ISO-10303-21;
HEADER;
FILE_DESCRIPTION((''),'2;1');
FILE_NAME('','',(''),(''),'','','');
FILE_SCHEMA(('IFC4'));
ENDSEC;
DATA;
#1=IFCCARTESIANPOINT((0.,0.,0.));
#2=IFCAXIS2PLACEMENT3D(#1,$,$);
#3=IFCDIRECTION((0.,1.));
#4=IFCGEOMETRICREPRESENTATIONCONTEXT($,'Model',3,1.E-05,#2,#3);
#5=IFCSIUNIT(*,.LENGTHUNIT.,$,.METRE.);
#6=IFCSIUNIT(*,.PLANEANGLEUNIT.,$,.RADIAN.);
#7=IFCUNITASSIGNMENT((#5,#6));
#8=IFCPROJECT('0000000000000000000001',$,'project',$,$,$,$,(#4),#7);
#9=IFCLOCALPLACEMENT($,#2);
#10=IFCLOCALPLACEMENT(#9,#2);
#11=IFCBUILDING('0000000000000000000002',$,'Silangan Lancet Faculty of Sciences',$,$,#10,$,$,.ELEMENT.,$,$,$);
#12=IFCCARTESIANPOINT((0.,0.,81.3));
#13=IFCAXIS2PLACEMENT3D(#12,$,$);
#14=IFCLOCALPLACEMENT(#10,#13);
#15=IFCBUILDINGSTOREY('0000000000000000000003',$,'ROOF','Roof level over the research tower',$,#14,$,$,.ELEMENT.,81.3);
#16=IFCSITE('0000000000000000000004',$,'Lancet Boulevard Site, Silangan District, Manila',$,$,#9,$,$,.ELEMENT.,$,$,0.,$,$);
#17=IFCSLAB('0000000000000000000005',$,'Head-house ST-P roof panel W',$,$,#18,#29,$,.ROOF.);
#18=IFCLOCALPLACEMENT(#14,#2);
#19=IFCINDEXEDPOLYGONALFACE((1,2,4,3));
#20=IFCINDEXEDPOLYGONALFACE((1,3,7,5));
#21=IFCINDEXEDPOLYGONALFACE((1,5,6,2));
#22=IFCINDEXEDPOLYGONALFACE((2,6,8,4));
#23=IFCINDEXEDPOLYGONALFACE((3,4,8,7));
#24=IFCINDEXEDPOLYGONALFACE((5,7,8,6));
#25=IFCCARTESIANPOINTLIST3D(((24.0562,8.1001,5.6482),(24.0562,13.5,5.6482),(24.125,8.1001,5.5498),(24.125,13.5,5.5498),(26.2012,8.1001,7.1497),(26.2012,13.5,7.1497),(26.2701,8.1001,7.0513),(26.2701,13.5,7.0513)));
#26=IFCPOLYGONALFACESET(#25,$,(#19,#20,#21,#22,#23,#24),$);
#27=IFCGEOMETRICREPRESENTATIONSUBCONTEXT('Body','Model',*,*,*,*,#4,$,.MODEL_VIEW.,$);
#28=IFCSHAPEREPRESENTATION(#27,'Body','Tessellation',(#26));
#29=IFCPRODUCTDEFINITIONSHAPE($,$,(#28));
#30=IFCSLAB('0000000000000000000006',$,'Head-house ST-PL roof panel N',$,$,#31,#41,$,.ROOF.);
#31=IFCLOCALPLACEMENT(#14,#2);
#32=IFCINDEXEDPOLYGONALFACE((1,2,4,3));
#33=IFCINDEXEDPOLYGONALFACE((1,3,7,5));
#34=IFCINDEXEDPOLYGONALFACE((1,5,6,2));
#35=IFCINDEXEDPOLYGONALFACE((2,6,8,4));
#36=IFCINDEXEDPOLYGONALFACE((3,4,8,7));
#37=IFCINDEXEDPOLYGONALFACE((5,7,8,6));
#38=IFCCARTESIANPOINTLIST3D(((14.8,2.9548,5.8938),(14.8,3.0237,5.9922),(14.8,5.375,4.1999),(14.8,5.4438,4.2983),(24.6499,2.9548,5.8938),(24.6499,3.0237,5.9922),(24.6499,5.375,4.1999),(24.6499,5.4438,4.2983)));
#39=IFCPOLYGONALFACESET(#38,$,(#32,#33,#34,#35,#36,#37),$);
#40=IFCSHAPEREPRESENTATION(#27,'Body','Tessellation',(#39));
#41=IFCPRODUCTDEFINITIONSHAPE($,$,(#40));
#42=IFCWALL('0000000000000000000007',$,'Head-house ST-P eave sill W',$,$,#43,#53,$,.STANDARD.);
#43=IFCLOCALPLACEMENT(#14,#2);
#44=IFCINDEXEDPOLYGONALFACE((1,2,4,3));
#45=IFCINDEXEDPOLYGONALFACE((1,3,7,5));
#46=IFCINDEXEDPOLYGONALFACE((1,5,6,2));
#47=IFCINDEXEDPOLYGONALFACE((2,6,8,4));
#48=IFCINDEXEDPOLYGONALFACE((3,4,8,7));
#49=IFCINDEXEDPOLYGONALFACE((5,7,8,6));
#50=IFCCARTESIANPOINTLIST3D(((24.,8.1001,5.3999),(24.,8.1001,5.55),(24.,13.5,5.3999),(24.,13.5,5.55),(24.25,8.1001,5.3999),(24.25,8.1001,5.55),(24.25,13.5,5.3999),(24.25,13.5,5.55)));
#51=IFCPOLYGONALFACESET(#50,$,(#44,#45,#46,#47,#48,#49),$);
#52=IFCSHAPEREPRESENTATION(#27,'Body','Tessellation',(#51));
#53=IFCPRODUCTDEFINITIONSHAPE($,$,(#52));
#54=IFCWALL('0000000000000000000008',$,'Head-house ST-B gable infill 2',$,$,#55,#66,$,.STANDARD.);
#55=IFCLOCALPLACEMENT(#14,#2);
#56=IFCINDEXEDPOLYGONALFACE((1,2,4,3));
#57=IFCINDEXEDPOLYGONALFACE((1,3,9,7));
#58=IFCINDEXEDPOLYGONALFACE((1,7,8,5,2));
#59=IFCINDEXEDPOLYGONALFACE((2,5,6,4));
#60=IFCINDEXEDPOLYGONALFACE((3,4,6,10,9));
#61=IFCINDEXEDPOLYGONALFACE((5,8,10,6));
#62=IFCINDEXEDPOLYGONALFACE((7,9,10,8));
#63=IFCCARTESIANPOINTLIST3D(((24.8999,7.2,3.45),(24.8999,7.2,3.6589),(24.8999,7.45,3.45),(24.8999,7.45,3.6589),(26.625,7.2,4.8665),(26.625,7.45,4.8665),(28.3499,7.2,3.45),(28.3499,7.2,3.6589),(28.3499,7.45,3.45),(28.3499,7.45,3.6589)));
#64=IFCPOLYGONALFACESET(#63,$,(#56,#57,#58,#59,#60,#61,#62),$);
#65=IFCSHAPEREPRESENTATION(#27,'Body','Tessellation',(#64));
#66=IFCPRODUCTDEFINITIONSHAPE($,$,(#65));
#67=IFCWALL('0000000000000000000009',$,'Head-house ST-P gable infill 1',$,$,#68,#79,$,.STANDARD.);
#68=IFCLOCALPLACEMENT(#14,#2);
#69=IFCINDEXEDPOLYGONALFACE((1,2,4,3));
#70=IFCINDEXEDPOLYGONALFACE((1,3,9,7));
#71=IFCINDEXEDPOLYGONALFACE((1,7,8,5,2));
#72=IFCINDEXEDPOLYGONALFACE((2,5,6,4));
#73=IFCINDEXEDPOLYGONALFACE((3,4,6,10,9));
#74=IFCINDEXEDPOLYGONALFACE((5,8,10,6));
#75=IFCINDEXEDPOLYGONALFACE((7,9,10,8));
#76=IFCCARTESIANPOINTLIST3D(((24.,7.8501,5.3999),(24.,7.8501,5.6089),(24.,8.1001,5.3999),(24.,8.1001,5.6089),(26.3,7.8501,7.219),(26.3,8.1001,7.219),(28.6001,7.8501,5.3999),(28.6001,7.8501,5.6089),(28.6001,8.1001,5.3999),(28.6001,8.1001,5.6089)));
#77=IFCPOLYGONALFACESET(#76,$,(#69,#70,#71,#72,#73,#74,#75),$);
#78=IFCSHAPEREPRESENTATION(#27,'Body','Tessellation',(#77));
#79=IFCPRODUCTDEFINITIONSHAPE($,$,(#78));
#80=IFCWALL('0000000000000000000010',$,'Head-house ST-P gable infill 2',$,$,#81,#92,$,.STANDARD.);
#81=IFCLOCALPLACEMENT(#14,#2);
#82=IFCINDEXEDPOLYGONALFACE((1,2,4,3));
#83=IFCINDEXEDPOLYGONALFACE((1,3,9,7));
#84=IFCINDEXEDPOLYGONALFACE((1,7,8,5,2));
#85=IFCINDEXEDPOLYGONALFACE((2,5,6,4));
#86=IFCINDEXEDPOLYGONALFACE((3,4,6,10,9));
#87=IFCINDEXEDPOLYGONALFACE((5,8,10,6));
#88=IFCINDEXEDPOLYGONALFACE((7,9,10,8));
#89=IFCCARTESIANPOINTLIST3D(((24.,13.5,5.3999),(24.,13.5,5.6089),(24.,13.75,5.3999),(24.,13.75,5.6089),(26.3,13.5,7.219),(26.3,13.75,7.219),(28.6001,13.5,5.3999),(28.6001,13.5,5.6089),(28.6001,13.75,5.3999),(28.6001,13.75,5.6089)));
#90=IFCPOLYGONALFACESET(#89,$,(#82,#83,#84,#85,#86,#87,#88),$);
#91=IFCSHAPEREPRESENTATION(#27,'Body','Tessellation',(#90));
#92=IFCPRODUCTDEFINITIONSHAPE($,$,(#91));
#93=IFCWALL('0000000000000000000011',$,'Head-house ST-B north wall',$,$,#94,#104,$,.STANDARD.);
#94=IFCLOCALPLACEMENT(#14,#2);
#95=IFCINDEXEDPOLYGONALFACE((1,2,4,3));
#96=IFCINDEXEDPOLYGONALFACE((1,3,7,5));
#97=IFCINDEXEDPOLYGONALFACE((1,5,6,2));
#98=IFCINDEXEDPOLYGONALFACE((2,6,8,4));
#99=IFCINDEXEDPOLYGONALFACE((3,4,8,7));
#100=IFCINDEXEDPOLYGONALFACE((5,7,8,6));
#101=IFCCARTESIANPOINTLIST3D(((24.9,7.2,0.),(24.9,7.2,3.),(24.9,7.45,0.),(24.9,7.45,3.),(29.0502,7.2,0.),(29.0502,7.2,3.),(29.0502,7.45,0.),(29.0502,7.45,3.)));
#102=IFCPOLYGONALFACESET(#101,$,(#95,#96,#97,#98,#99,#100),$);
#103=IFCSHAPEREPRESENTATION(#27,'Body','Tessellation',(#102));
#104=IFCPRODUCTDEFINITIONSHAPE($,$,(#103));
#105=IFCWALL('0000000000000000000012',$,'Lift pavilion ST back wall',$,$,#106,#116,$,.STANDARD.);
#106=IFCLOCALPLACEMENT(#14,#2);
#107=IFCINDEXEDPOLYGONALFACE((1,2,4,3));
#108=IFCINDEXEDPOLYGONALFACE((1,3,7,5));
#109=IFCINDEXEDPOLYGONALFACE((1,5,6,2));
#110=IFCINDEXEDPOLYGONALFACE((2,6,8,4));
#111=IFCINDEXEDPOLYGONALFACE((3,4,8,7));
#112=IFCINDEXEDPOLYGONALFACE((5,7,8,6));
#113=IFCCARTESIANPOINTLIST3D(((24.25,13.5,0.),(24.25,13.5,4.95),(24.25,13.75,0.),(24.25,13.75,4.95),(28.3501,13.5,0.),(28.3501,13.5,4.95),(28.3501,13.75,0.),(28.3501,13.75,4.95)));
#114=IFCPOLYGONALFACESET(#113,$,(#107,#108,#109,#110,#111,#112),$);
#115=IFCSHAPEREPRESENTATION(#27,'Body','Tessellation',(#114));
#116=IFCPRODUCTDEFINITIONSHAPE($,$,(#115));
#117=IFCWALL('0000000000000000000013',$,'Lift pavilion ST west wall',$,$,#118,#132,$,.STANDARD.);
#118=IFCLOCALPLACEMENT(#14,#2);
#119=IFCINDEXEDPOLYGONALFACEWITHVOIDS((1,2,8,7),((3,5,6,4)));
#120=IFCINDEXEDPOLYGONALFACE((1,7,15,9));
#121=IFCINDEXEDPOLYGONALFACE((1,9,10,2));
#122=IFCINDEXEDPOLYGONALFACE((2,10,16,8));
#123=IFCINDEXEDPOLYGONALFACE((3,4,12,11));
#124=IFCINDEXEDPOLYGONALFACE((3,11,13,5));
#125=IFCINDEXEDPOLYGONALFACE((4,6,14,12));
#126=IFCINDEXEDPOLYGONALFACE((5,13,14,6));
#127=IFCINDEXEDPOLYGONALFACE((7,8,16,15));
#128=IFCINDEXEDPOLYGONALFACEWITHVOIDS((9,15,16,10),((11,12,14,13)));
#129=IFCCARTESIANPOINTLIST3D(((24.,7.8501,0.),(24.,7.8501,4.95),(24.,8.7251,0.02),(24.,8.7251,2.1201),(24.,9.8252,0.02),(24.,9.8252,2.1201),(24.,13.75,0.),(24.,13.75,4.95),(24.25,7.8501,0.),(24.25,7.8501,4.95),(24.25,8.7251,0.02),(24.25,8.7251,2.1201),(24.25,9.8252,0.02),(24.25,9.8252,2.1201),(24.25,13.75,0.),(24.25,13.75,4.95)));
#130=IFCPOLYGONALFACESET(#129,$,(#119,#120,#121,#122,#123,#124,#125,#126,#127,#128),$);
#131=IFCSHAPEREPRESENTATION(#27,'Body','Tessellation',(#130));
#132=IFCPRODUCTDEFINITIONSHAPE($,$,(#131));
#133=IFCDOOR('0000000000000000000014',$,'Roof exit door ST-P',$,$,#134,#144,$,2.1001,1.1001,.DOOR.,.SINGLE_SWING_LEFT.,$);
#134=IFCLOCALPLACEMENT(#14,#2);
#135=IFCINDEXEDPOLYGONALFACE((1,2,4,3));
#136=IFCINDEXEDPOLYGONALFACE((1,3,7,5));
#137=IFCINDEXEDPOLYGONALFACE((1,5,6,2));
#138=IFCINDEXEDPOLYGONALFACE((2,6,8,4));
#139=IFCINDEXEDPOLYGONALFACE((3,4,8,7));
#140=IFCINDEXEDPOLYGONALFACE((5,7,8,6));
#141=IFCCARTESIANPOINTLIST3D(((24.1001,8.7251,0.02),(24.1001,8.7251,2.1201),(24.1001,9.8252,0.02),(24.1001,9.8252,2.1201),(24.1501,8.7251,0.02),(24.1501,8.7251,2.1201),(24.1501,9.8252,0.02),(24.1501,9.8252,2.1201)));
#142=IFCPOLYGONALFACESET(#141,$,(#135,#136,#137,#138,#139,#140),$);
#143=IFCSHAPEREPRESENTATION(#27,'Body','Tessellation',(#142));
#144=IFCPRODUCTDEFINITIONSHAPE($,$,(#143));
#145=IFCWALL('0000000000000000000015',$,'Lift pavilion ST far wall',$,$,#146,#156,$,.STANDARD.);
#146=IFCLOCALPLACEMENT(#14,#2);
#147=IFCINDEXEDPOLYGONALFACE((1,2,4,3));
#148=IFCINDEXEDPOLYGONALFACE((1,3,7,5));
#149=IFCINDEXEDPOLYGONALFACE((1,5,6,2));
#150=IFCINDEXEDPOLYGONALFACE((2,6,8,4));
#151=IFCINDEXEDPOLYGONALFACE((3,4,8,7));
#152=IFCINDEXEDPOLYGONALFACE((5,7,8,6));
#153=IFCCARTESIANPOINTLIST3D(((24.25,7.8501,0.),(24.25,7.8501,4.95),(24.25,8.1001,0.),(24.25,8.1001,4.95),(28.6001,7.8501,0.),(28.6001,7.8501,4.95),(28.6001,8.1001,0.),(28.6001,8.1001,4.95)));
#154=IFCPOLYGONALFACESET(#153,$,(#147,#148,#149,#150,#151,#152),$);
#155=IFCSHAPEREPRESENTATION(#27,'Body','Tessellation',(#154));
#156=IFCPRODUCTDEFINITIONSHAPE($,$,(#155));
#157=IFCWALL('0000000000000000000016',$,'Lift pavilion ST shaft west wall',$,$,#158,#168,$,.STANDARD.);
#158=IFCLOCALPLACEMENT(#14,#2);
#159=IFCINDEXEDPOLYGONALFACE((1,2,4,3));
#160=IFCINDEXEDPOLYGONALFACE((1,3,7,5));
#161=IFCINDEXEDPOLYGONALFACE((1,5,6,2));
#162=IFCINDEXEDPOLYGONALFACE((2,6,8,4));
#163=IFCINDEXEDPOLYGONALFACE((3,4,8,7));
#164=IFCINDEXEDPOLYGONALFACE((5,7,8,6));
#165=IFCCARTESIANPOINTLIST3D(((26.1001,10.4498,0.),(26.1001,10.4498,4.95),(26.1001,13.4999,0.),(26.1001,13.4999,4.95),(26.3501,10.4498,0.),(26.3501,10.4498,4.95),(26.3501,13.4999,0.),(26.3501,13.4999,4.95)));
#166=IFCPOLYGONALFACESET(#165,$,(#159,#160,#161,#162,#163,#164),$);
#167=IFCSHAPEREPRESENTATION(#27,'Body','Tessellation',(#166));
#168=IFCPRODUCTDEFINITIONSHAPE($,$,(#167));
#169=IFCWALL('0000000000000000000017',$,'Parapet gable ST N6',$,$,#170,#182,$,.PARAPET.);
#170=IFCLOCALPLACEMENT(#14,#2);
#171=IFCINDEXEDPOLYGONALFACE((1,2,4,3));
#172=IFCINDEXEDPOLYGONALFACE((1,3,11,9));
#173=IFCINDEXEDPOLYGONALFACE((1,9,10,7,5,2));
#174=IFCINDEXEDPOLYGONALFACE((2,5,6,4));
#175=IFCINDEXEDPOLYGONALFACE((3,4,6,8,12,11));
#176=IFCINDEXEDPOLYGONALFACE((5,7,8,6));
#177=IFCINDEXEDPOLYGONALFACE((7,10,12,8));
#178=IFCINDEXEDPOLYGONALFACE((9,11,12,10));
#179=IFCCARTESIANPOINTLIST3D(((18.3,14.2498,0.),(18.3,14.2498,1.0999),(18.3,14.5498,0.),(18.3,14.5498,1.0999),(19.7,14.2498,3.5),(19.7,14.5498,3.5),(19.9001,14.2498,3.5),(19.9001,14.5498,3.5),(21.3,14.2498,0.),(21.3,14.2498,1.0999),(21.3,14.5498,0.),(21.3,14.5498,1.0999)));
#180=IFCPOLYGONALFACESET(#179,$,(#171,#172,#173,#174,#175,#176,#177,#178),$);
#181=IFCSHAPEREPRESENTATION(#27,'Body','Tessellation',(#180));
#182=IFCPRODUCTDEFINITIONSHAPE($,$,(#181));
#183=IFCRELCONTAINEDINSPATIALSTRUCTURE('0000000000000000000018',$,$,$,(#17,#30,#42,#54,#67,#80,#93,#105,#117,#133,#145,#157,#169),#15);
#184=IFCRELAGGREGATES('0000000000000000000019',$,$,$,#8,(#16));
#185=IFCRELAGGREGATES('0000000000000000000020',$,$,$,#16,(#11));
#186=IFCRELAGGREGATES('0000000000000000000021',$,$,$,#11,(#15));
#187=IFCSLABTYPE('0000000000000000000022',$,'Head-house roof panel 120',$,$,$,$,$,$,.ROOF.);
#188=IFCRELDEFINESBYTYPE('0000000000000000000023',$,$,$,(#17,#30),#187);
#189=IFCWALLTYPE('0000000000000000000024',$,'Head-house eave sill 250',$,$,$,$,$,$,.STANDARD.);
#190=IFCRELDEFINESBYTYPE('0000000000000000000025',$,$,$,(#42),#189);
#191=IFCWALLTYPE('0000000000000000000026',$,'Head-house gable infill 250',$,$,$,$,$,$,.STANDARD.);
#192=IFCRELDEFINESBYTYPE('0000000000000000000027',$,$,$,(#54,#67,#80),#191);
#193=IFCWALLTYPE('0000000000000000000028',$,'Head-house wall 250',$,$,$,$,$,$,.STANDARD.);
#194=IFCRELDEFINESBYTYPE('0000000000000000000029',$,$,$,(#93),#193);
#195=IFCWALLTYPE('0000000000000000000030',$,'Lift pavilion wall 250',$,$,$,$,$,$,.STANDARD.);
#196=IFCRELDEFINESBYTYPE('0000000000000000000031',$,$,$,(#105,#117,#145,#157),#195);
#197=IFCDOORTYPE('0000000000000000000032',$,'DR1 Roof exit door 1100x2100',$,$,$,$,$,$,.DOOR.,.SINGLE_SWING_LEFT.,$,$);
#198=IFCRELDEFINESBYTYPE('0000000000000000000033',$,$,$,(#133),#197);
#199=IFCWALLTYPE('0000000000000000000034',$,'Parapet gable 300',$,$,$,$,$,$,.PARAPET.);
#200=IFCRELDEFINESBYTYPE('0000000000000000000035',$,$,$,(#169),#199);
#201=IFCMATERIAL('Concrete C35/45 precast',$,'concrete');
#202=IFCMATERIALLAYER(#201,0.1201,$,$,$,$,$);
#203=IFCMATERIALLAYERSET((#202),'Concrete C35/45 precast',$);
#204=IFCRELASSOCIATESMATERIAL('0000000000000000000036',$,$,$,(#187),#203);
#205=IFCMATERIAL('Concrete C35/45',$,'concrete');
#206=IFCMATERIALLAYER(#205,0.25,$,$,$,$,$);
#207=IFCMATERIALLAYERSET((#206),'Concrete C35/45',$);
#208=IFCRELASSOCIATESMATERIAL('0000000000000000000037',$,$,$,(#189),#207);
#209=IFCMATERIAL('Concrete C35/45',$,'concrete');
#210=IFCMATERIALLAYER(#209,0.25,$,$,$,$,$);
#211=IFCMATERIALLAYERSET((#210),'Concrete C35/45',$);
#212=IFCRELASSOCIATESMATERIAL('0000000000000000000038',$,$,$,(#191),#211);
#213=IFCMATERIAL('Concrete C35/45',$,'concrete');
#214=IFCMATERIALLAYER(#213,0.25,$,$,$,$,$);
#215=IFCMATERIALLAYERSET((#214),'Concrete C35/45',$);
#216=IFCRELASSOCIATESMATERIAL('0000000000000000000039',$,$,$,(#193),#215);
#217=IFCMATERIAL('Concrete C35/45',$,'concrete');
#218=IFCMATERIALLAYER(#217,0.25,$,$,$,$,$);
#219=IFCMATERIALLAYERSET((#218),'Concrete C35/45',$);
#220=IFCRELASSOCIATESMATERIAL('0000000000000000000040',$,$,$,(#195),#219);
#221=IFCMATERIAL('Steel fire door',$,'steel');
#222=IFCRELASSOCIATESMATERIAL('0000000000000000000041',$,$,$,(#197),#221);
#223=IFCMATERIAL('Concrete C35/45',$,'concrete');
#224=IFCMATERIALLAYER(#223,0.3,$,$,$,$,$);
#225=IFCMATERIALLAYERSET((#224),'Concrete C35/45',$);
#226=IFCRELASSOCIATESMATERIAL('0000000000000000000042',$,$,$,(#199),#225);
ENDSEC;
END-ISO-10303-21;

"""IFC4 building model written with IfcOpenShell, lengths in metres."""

from ifc_helpers import new_model, si_unit, direction, frame, frame_2d, origin, place, context, subcontext, project, spatial, polyline, rectangle, outline, extrude, material, layer, layer_set, type_object, element, fill, save


model = new_model("IFC4")

# Units and contexts
model_context = context("Model", 3, precision=1e-05, world=origin(), true_north=direction((0.0, 1.0)))
body_context = subcontext(model_context, "Body", "Model", "MODEL_VIEW")
ifc_project = project(units=[si_unit("LENGTHUNIT", "METRE"), si_unit("PLANEANGLEUNIT", "RADIAN")], contexts=[model_context])

# Site, building, storey
site_placement = place(None, origin())
site = spatial("IfcSite", under=ifc_project, at=site_placement, Name="Lancet Boulevard Site, Silangan District, Manila", CompositionType="ELEMENT", RefElevation=0.0)
building_placement = place(site_placement, origin())
building = spatial("IfcBuilding", under=site, at=building_placement, Name="Silangan Lancet Faculty of Sciences", CompositionType="ELEMENT")
storey_placement = place(building_placement, frame((0.0, 0.0, 81.3)))
storey = spatial("IfcBuildingStorey", under=building, at=storey_placement, Name="ROOF", Description="Roof level over the research tower", CompositionType="ELEMENT", Elevation=81.3)

# Slabs
ifc_material_1 = material(Name="Concrete C35/45 precast", Category="concrete")
ifc_layer_1 = layer(ifc_material_1, 0.1201)
ifc_layer_set_1 = layer_set([ifc_layer_1], Name="Concrete C35/45 precast")
slab_type = type_object("IfcSlabType", Name="Head-house roof panel 120", PredefinedType="ROOF", material=ifc_layer_set_1)
slab_1_placement = place(storey_placement, frame((24.0562, 8.1001, 5.6482), z_axis=(-0.57345, 0.0, 0.819241), x_axis=(0.0, 1.0, 0.0)))
element("IfcSlab", 1, at=slab_1_placement, inside=storey, type_object=slab_type, Name="Head-house ST-P roof panel W", PredefinedType="ROOF", context=body_context, shape_type="SweptSolid", body=[
    extrude(outline(polyline([(0.0, 0.0), (5.3999, 0.0), (5.3999, -2.6183), (0.0, -2.6183), (0.0, 0.0)])), origin(), (0.0, 0.0, -1.0), 0.1201),
])
slab_2_placement = place(storey_placement, frame((14.8, 5.4438, 4.2983), z_axis=(0.0, 0.573401, 0.819275), x_axis=(1.0, 0.0, 0.0)))
element("IfcSlab", 2, at=slab_2_placement, inside=storey, type_object=slab_type, Name="Head-house ST-PL roof panel N", PredefinedType="ROOF", context=body_context, shape_type="SweptSolid", body=[
    extrude(outline(polyline([(0.0, 0.0), (9.8499, 0.0), (9.8499, -2.954), (0.0, -2.954), (0.0, 0.0)])), origin(), (0.0, 0.0, -1.0), 0.1201),
])

# Walls
ifc_material_2 = material(Name="Concrete C35/45", Category="concrete")
ifc_layer_2 = layer(ifc_material_2, 0.25)
ifc_layer_set_2 = layer_set([ifc_layer_2], Name="Concrete C35/45")
wall_type_1 = type_object("IfcWallType", Name="Head-house eave sill 250", PredefinedType="STANDARD", material=ifc_layer_set_2)
wall_1_placement = place(storey_placement, frame((24.125, 8.1001, 5.3999), z_axis=(0.0, 0.0, 1.0), x_axis=(0.0, 1.0, 0.0)))
element("IfcWall", 3, at=wall_1_placement, inside=storey, type_object=wall_type_1, Name="Head-house ST-P eave sill W", PredefinedType="STANDARD", context=body_context, shape_type="SweptSolid", body=[
    extrude(rectangle(XDim=5.3999, YDim=0.25, at=frame_2d((2.7, 0.0))), origin(), (0.0, 0.0, 1.0), 0.1501),
])
ifc_material_3 = material(Name="Concrete C35/45", Category="concrete")
ifc_layer_3 = layer(ifc_material_3, 0.25)
ifc_layer_set_3 = layer_set([ifc_layer_3], Name="Concrete C35/45")
wall_type_2 = type_object("IfcWallType", Name="Head-house gable infill 250", PredefinedType="STANDARD", material=ifc_layer_set_3)
wall_2_placement = place(storey_placement, frame((24.8999, 7.325, 3.45), z_axis=(0.0, 0.0, 1.0), x_axis=(1.0, 0.0, 0.0)))
element("IfcWall", 4, at=wall_2_placement, inside=storey, type_object=wall_type_2, Name="Head-house ST-B gable infill 2", PredefinedType="STANDARD", context=body_context, shape_type="SweptSolid", body=[
    extrude(outline(polyline([(0.0, 0.0), (3.45, 0.0), (3.45, 0.209), (1.7251, 1.4165), (0.0, 0.209), (0.0, 0.0)])), frame((0.0, 0.125, 0.0), z_axis=(0.0, -1.0, 0.0), x_axis=(1.0, 0.0, 0.0)), (0.0, 0.0, 1.0), 0.25),
])
for number, where, z_axis, x_axis, name in (
    (5, (24.0, 7.9751, 5.3999), (0.0, 0.0, 1.0), (1.0, 0.0, 0.0), "Head-house ST-P gable infill 1"),
    (6, (24.0, 13.625, 5.3999), (0.0, 0.0, 1.0), (1.0, 0.0, 0.0), "Head-house ST-P gable infill 2"),
):
    element("IfcWall", number, at=place(storey_placement, frame(where, z_axis=z_axis, x_axis=x_axis)), inside=storey, type_object=wall_type_2, Name=name, PredefinedType="STANDARD", context=body_context, shape_type="SweptSolid", body=[
        extrude(outline(polyline([(0.0, 0.0), (4.6001, 0.0), (4.6001, 0.209), (2.3, 1.8191), (0.0, 0.209), (0.0, 0.0)])), frame((0.0, 0.125, 0.0), z_axis=(0.0, -1.0, 0.0), x_axis=(1.0, 0.0, 0.0)), (0.0, 0.0, 1.0), 0.25),
    ])
ifc_material_4 = material(Name="Concrete C35/45", Category="concrete")
ifc_layer_4 = layer(ifc_material_4, 0.25)
ifc_layer_set_4 = layer_set([ifc_layer_4], Name="Concrete C35/45")
wall_type_3 = type_object("IfcWallType", Name="Head-house wall 250", PredefinedType="STANDARD", material=ifc_layer_set_4)
wall_3_placement = place(storey_placement, frame((24.8999, 7.325, 0.0), z_axis=(0.0, 0.0, 1.0), x_axis=(1.0, 0.0, 0.0)))
element("IfcWall", 7, at=wall_3_placement, inside=storey, type_object=wall_type_3, Name="Head-house ST-B north wall", PredefinedType="STANDARD", context=body_context, shape_type="SweptSolid", body=[
    extrude(rectangle(XDim=4.1501, YDim=0.25, at=frame_2d((2.0752, 0.0))), origin(), (0.0, 0.0, 1.0), 3.0),
])
ifc_material_5 = material(Name="Concrete C35/45", Category="concrete")
ifc_layer_5 = layer(ifc_material_5, 0.25)
ifc_layer_set_5 = layer_set([ifc_layer_5], Name="Concrete C35/45")
wall_type_4 = type_object("IfcWallType", Name="Lift pavilion wall 250", PredefinedType="STANDARD", material=ifc_layer_set_5)
wall_4_placement = place(storey_placement, frame((24.25, 13.625, 0.0), z_axis=(0.0, 0.0, 1.0), x_axis=(1.0, 0.0, 0.0)))
element("IfcWall", 8, at=wall_4_placement, inside=storey, type_object=wall_type_4, Name="Lift pavilion ST back wall", PredefinedType="STANDARD", context=body_context, shape_type="SweptSolid", body=[
    extrude(rectangle(XDim=4.1001, YDim=0.25, at=frame_2d((2.05, 0.0))), origin(), (0.0, 0.0, 1.0), 4.95),
])

# Wall, opening, door
wall_5_placement = place(storey_placement, frame((24.125, 7.8501, 0.0), z_axis=(0.0, 0.0, 1.0), x_axis=(0.0, 1.0, 0.0)))
wall_5 = element("IfcWall", 9, at=wall_5_placement, inside=storey, type_object=wall_type_4, Name="Lift pavilion ST west wall", PredefinedType="STANDARD", context=body_context, shape_type="SweptSolid", body=[
    extrude(rectangle(XDim=5.8999, YDim=0.25, at=frame_2d((2.95, 0.0))), origin(), (0.0, 0.0, 1.0), 4.95),
])
opening_placement = place(wall_5_placement, frame((0.875, 0.0, 0.02)))
opening = element("IfcOpeningElement", 10, at=opening_placement, cuts=wall_5, PredefinedType="OPENING", context=body_context, shape_type="SweptSolid", body=[
    extrude(rectangle(XDim=1.1001, YDim=2.1001, at=frame_2d((0.55, 1.05))), frame((0.0, 0.135, 0.0), z_axis=(0.0, -1.0, 0.0), x_axis=(1.0, 0.0, 0.0)), (0.0, 0.0, 1.0), 0.27),
])
ifc_material_6 = material(Name="Steel fire door", Category="steel")
door_type = type_object("IfcDoorType", Name="DR1 Roof exit door 1100x2100", OperationType="SINGLE_SWING_LEFT", PredefinedType="DOOR", material=ifc_material_6)
door_placement = place(opening_placement, origin())
door = element("IfcDoor", 11, at=door_placement, inside=storey, type_object=door_type, Name="Roof exit door ST-P", OperationType="SINGLE_SWING_LEFT", OverallHeight=2.1001, OverallWidth=1.1001, PredefinedType="DOOR", context=body_context, shape_type="SweptSolid", body=[
    extrude(rectangle(XDim=1.1001, YDim=2.1001, at=frame_2d((0.55, 1.05))), frame((0.0, 0.0249, 0.0), z_axis=(0.0, -1.0, 0.0), x_axis=(1.0, 0.0, 0.0)), (0.0, 0.0, 1.0), 0.05),
])
fill(opening, door)

# Walls
wall_6_placement = place(storey_placement, frame((24.25, 7.9751, 0.0), z_axis=(0.0, 0.0, 1.0), x_axis=(1.0, 0.0, 0.0)))
element("IfcWall", 12, at=wall_6_placement, inside=storey, type_object=wall_type_4, Name="Lift pavilion ST far wall", PredefinedType="STANDARD", context=body_context, shape_type="SweptSolid", body=[
    extrude(rectangle(XDim=4.3501, YDim=0.25, at=frame_2d((2.175, 0.0))), origin(), (0.0, 0.0, 1.0), 4.95),
])
wall_7_placement = place(storey_placement, frame((26.2251, 10.45, 0.0), z_axis=(0.0, 0.0, 1.0), x_axis=(0.0, 1.0, 0.0)))
element("IfcWall", 13, at=wall_7_placement, inside=storey, type_object=wall_type_4, Name="Lift pavilion ST shaft west wall", PredefinedType="STANDARD", context=body_context, shape_type="SweptSolid", body=[
    extrude(rectangle(XDim=3.05, YDim=0.25, at=frame_2d((1.5249, 0.0))), origin(), (0.0, 0.0, 1.0), 4.95),
])
ifc_material_7 = material(Name="Concrete C35/45", Category="concrete")
ifc_layer_6 = layer(ifc_material_7, 0.3)
ifc_layer_set_6 = layer_set([ifc_layer_6], Name="Concrete C35/45")
wall_type_5 = type_object("IfcWallType", Name="Parapet gable 300", PredefinedType="PARAPET", material=ifc_layer_set_6)
wall_8_placement = place(storey_placement, frame((18.3, 14.3999, 0.0), z_axis=(0.0, 0.0, 1.0), x_axis=(1.0, 0.0, 0.0)))
element("IfcWall", 14, at=wall_8_placement, inside=storey, type_object=wall_type_5, Name="Parapet gable ST N6", PredefinedType="PARAPET", context=body_context, shape_type="SweptSolid", body=[
    extrude(outline(polyline([(0.0, 0.0), (3.0, 0.0), (3.0, 1.0999), (1.6001, 3.5), (1.3999, 3.5), (0.0, 1.0999), (0.0, 0.0)])), frame((0.0, 0.1499, 0.0), z_axis=(0.0, -1.0, 0.0), x_axis=(1.0, 0.0, 0.0)), (0.0, 0.0, 1.0), 0.3),
])

save(model, "model.ifc")
